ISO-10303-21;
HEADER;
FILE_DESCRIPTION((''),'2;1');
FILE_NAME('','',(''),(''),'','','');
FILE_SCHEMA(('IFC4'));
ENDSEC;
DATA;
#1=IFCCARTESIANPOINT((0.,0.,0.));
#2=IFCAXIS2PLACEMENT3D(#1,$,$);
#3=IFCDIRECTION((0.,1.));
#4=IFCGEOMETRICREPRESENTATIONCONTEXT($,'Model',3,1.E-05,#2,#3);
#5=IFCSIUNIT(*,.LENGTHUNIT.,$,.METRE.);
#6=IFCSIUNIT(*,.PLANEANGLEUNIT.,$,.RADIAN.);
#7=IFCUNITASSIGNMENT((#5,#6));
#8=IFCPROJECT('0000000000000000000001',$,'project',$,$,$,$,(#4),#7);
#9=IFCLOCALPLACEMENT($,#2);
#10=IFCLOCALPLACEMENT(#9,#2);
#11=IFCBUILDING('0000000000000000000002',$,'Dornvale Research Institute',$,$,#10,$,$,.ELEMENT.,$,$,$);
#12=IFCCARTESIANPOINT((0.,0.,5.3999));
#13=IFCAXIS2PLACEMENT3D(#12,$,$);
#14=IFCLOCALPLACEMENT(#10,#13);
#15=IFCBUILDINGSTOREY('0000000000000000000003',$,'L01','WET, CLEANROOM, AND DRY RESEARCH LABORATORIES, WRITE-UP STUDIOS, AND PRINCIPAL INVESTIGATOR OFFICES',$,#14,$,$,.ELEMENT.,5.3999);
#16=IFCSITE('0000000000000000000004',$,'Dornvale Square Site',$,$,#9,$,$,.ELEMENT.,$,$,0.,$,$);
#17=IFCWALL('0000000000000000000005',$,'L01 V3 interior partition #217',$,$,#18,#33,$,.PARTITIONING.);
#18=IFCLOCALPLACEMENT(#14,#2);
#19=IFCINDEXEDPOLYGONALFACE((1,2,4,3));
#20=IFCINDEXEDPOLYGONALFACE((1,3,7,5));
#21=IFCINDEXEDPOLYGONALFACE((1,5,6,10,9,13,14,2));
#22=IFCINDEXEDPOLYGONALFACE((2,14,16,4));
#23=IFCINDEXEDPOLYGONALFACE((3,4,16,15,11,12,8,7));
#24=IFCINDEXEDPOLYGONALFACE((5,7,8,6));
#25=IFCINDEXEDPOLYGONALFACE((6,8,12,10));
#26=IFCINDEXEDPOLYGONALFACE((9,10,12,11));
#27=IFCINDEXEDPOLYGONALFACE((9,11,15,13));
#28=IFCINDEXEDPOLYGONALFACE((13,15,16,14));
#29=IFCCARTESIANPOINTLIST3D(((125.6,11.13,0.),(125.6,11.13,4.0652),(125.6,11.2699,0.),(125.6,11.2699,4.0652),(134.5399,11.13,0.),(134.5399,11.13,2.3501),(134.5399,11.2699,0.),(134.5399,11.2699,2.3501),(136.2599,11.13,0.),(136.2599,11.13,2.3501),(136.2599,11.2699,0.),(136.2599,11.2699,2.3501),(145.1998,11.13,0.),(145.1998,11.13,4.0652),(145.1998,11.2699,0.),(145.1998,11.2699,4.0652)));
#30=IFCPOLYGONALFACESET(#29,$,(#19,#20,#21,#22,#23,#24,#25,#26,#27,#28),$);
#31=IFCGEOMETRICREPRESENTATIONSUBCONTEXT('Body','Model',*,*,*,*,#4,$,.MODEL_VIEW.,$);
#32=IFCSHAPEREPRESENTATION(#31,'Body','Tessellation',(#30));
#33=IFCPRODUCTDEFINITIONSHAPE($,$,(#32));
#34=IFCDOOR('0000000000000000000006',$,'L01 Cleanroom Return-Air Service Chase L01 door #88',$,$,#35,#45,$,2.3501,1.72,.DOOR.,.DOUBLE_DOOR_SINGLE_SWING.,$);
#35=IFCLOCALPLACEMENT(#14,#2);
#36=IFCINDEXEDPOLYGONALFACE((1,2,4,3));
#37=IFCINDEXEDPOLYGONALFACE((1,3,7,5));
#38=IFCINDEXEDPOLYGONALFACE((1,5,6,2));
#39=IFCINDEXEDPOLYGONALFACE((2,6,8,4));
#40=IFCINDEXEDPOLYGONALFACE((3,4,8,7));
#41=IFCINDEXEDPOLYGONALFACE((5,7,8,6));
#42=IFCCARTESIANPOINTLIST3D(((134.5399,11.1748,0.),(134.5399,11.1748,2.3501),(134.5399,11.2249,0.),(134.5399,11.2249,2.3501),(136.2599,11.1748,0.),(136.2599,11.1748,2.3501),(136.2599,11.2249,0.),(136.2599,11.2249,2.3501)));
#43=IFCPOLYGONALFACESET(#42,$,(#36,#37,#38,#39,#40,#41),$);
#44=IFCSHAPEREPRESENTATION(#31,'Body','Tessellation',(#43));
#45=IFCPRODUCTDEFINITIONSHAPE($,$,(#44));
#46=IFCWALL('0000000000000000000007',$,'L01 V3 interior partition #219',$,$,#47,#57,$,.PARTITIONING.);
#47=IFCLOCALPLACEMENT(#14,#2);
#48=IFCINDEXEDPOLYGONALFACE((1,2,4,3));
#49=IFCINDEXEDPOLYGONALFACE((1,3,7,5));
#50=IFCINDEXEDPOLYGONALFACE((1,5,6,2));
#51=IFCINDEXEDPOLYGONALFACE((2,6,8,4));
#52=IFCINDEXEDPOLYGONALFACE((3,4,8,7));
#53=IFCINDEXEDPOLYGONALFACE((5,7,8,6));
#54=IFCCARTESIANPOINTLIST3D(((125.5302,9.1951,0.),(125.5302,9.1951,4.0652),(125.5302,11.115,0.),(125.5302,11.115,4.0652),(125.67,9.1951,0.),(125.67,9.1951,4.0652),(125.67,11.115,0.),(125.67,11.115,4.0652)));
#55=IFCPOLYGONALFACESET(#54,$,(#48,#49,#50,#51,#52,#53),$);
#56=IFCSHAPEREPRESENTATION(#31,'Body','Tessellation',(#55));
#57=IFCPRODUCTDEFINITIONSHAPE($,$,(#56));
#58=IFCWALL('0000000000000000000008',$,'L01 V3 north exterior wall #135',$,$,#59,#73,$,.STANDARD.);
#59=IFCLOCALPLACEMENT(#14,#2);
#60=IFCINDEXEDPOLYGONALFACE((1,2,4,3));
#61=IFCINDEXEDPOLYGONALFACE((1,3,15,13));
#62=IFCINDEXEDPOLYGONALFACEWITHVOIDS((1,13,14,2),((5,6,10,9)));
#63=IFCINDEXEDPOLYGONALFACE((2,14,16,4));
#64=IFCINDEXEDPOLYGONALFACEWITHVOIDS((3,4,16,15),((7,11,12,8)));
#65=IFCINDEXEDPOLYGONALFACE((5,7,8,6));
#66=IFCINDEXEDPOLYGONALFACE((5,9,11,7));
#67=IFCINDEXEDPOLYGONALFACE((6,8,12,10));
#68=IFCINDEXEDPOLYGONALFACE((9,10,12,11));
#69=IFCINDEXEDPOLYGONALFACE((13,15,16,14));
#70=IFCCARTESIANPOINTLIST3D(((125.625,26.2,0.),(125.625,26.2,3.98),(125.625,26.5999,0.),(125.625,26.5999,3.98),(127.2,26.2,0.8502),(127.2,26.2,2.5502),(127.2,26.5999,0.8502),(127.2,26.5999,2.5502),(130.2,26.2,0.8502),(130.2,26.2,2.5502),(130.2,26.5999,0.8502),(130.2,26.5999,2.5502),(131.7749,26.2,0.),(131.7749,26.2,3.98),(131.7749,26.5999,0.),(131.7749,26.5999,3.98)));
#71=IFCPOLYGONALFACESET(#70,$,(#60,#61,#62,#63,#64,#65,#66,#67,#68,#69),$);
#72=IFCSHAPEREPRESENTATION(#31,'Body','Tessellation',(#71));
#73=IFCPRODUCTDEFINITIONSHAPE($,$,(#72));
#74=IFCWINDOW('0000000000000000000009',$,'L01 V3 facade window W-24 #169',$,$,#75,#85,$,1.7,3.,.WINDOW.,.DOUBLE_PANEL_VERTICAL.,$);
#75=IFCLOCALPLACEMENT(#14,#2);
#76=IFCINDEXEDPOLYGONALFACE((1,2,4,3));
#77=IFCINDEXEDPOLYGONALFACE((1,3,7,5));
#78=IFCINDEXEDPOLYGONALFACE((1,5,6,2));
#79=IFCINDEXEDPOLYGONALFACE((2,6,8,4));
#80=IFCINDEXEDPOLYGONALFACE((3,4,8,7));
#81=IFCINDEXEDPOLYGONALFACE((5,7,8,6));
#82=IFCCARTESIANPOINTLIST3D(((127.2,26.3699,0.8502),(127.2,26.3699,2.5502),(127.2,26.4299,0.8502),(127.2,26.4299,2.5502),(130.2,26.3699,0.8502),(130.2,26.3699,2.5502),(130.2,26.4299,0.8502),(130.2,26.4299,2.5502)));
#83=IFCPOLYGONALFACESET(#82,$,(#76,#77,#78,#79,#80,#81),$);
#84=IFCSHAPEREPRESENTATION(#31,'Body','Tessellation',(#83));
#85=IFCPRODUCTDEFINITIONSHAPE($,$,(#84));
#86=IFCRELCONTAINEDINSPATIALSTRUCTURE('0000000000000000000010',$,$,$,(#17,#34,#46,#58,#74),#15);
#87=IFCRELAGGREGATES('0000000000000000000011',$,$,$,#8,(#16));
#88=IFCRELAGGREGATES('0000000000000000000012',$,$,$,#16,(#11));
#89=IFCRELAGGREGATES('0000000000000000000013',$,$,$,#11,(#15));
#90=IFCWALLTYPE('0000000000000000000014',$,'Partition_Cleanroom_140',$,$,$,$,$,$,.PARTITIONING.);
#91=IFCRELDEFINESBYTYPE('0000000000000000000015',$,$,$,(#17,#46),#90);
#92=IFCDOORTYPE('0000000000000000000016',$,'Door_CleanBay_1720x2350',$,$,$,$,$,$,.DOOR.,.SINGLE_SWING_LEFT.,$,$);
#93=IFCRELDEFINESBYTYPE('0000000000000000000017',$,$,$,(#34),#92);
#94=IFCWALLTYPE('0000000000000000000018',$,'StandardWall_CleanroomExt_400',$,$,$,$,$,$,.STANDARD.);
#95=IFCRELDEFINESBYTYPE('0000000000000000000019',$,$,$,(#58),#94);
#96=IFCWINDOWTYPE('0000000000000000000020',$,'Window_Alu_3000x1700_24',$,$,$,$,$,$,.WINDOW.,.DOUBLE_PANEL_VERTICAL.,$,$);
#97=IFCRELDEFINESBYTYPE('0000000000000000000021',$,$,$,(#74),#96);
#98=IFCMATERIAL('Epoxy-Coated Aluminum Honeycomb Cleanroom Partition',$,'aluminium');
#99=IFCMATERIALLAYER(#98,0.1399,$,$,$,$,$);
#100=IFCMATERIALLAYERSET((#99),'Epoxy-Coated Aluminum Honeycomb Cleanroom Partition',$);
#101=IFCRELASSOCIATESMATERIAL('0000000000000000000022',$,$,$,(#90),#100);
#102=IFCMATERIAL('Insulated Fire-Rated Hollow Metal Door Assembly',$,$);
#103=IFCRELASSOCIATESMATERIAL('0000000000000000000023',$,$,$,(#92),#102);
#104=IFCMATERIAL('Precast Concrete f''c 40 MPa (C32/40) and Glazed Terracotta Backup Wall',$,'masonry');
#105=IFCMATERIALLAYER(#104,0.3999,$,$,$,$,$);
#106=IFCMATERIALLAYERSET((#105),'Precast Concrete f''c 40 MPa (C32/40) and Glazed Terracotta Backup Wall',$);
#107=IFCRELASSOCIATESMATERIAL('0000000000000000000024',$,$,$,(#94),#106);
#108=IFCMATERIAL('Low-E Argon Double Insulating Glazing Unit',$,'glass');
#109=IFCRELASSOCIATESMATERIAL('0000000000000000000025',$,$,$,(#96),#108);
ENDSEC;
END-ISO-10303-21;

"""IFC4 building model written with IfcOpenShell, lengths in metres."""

from ifc_helpers import new_model, si_unit, direction, frame, frame_2d, origin, place, context, subcontext, project, spatial, rectangle, extrude, material, layer, layer_set, type_object, element, fill, save


model = new_model("IFC4")

# Units and contexts
model_context = context("Model", 3, precision=1e-05, world=origin(), true_north=direction((0.0, 1.0)))
body_context = subcontext(model_context, "Body", "Model", "MODEL_VIEW")
ifc_project = project(units=[si_unit("LENGTHUNIT", "METRE"), si_unit("PLANEANGLEUNIT", "RADIAN")], contexts=[model_context])

# Site, building, storey
site_placement = place(None, origin())
site = spatial("IfcSite", under=ifc_project, at=site_placement, Name="Dornvale Square Site", CompositionType="ELEMENT", RefElevation=0.0)
building_placement = place(site_placement, origin())
building = spatial("IfcBuilding", under=site, at=building_placement, Name="Dornvale Research Institute", CompositionType="ELEMENT")
storey_placement = place(building_placement, frame((0.0, 0.0, 5.3999)))
storey = spatial("IfcBuildingStorey", under=building, at=storey_placement, Name="L01", Description="WET, CLEANROOM, AND DRY RESEARCH LABORATORIES, WRITE-UP STUDIOS, AND PRINCIPAL INVESTIGATOR OFFICES", CompositionType="ELEMENT", Elevation=5.3999)

# Wall, opening, door
ifc_material_1 = material(Name="Epoxy-Coated Aluminum Honeycomb Cleanroom Partition", Category="aluminium")
ifc_layer_1 = layer(ifc_material_1, 0.1399)
ifc_layer_set_1 = layer_set([ifc_layer_1], Name="Epoxy-Coated Aluminum Honeycomb Cleanroom Partition")
wall_type_1 = type_object("IfcWallType", Name="Partition_Cleanroom_140", PredefinedType="PARTITIONING", material=ifc_layer_set_1)
wall_1_placement = place(storey_placement, frame((125.6001, 11.2, 0.0), z_axis=(0.0, 0.0, 1.0), x_axis=(1.0, 0.0, 0.0)))
wall_1 = element("IfcWall", 1, at=wall_1_placement, inside=storey, type_object=wall_type_1, Name="L01 V3 interior partition #217", PredefinedType="PARTITIONING", context=body_context, shape_type="SweptSolid", body=[
    extrude(rectangle(XDim=19.5999, YDim=0.1399, at=frame_2d((9.7998, 0.0))), origin(), (0.0, 0.0, 1.0), 4.0652),
])
opening_1_placement = place(wall_1_placement, frame((8.9399, 0.0, 0.0)))
opening_1 = element("IfcOpeningElement", 2, at=opening_1_placement, cuts=wall_1, PredefinedType="OPENING", context=body_context, shape_type="SweptSolid", body=[
    extrude(rectangle(XDim=1.72, YDim=2.3501, at=frame_2d((0.8599, 1.175))), frame((0.0, 0.085, 0.0), z_axis=(0.0, -1.0, 0.0), x_axis=(1.0, 0.0, 0.0)), (0.0, 0.0, 1.0), 0.1699),
])
ifc_material_2 = material(Name="Insulated Fire-Rated Hollow Metal Door Assembly")
door_type = type_object("IfcDoorType", Name="Door_CleanBay_1720x2350", OperationType="SINGLE_SWING_LEFT", PredefinedType="DOOR", material=ifc_material_2)
door_placement = place(opening_1_placement, origin())
door = element("IfcDoor", 3, at=door_placement, inside=storey, type_object=door_type, Name="L01 Cleanroom Return-Air Service Chase L01 door #88", OperationType="DOUBLE_DOOR_SINGLE_SWING", OverallHeight=2.3501, OverallWidth=1.72, PredefinedType="DOOR", context=body_context, shape_type="SweptSolid", body=[
    extrude(rectangle(XDim=1.72, YDim=2.3501, at=frame_2d((0.8599, 1.175))), frame((0.0, 0.0249, 0.0), z_axis=(0.0, -1.0, 0.0), x_axis=(1.0, 0.0, 0.0)), (0.0, 0.0, 1.0), 0.05),
])
fill(opening_1, door)

# Wall
wall_2_placement = place(storey_placement, frame((125.6001, 9.1951, 0.0), z_axis=(0.0, 0.0, 1.0), x_axis=(0.0, 1.0, 0.0)))
element("IfcWall", 4, at=wall_2_placement, inside=storey, type_object=wall_type_1, Name="L01 V3 interior partition #219", PredefinedType="PARTITIONING", context=body_context, shape_type="SweptSolid", body=[
    extrude(rectangle(XDim=1.9199, YDim=0.1399, at=frame_2d((0.96, 0.0))), origin(), (0.0, 0.0, 1.0), 4.0652),
])

# Wall, opening, window
ifc_material_3 = material(Name="Precast Concrete f'c 40 MPa (C32/40) and Glazed Terracotta Backup Wall", Category="masonry")
ifc_layer_2 = layer(ifc_material_3, 0.3999)
ifc_layer_set_2 = layer_set([ifc_layer_2], Name="Precast Concrete f'c 40 MPa (C32/40) and Glazed Terracotta Backup Wall")
wall_type_2 = type_object("IfcWallType", Name="StandardWall_CleanroomExt_400", PredefinedType="STANDARD", material=ifc_layer_set_2)
wall_3_placement = place(storey_placement, frame((125.625, 26.3999, 0.0), z_axis=(0.0, 0.0, 1.0), x_axis=(1.0, 0.0, 0.0)))
wall_3 = element("IfcWall", 5, at=wall_3_placement, inside=storey, type_object=wall_type_2, Name="L01 V3 north exterior wall #135", PredefinedType="STANDARD", context=body_context, shape_type="SweptSolid", body=[
    extrude(rectangle(XDim=6.1499, YDim=0.3999, at=frame_2d((3.075, 0.0))), origin(), (0.0, 0.0, 1.0), 3.98),
])
opening_2_placement = place(wall_3_placement, frame((1.575, 0.0, 0.8501)))
opening_2 = element("IfcOpeningElement", 6, at=opening_2_placement, cuts=wall_3, PredefinedType="OPENING", context=body_context, shape_type="SweptSolid", body=[
    extrude(rectangle(XDim=3.0, YDim=1.7, at=frame_2d((1.5, 0.8501))), frame((0.0, 0.2148, 0.0), z_axis=(0.0, -1.0, 0.0), x_axis=(1.0, 0.0, 0.0)), (0.0, 0.0, 1.0), 0.4299),
])
ifc_material_4 = material(Name="Low-E Argon Double Insulating Glazing Unit", Category="glass")
window_type = type_object("IfcWindowType", Name="Window_Alu_3000x1700_24", PartitioningType="DOUBLE_PANEL_VERTICAL", PredefinedType="WINDOW", material=ifc_material_4)
window_placement = place(opening_2_placement, origin())
window = element("IfcWindow", 7, at=window_placement, inside=storey, type_object=window_type, Name="L01 V3 facade window W-24 #169", OverallHeight=1.7, OverallWidth=3.0, PartitioningType="DOUBLE_PANEL_VERTICAL", PredefinedType="WINDOW", context=body_context, shape_type="SweptSolid", body=[
    extrude(rectangle(XDim=3.0, YDim=1.7, at=frame_2d((1.5, 0.8501))), frame((0.0, 0.03, 0.0), z_axis=(0.0, -1.0, 0.0), x_axis=(1.0, 0.0, 0.0)), (0.0, 0.0, 1.0), 0.0601),
])
fill(opening_2, window)

save(model, "model.ifc")
